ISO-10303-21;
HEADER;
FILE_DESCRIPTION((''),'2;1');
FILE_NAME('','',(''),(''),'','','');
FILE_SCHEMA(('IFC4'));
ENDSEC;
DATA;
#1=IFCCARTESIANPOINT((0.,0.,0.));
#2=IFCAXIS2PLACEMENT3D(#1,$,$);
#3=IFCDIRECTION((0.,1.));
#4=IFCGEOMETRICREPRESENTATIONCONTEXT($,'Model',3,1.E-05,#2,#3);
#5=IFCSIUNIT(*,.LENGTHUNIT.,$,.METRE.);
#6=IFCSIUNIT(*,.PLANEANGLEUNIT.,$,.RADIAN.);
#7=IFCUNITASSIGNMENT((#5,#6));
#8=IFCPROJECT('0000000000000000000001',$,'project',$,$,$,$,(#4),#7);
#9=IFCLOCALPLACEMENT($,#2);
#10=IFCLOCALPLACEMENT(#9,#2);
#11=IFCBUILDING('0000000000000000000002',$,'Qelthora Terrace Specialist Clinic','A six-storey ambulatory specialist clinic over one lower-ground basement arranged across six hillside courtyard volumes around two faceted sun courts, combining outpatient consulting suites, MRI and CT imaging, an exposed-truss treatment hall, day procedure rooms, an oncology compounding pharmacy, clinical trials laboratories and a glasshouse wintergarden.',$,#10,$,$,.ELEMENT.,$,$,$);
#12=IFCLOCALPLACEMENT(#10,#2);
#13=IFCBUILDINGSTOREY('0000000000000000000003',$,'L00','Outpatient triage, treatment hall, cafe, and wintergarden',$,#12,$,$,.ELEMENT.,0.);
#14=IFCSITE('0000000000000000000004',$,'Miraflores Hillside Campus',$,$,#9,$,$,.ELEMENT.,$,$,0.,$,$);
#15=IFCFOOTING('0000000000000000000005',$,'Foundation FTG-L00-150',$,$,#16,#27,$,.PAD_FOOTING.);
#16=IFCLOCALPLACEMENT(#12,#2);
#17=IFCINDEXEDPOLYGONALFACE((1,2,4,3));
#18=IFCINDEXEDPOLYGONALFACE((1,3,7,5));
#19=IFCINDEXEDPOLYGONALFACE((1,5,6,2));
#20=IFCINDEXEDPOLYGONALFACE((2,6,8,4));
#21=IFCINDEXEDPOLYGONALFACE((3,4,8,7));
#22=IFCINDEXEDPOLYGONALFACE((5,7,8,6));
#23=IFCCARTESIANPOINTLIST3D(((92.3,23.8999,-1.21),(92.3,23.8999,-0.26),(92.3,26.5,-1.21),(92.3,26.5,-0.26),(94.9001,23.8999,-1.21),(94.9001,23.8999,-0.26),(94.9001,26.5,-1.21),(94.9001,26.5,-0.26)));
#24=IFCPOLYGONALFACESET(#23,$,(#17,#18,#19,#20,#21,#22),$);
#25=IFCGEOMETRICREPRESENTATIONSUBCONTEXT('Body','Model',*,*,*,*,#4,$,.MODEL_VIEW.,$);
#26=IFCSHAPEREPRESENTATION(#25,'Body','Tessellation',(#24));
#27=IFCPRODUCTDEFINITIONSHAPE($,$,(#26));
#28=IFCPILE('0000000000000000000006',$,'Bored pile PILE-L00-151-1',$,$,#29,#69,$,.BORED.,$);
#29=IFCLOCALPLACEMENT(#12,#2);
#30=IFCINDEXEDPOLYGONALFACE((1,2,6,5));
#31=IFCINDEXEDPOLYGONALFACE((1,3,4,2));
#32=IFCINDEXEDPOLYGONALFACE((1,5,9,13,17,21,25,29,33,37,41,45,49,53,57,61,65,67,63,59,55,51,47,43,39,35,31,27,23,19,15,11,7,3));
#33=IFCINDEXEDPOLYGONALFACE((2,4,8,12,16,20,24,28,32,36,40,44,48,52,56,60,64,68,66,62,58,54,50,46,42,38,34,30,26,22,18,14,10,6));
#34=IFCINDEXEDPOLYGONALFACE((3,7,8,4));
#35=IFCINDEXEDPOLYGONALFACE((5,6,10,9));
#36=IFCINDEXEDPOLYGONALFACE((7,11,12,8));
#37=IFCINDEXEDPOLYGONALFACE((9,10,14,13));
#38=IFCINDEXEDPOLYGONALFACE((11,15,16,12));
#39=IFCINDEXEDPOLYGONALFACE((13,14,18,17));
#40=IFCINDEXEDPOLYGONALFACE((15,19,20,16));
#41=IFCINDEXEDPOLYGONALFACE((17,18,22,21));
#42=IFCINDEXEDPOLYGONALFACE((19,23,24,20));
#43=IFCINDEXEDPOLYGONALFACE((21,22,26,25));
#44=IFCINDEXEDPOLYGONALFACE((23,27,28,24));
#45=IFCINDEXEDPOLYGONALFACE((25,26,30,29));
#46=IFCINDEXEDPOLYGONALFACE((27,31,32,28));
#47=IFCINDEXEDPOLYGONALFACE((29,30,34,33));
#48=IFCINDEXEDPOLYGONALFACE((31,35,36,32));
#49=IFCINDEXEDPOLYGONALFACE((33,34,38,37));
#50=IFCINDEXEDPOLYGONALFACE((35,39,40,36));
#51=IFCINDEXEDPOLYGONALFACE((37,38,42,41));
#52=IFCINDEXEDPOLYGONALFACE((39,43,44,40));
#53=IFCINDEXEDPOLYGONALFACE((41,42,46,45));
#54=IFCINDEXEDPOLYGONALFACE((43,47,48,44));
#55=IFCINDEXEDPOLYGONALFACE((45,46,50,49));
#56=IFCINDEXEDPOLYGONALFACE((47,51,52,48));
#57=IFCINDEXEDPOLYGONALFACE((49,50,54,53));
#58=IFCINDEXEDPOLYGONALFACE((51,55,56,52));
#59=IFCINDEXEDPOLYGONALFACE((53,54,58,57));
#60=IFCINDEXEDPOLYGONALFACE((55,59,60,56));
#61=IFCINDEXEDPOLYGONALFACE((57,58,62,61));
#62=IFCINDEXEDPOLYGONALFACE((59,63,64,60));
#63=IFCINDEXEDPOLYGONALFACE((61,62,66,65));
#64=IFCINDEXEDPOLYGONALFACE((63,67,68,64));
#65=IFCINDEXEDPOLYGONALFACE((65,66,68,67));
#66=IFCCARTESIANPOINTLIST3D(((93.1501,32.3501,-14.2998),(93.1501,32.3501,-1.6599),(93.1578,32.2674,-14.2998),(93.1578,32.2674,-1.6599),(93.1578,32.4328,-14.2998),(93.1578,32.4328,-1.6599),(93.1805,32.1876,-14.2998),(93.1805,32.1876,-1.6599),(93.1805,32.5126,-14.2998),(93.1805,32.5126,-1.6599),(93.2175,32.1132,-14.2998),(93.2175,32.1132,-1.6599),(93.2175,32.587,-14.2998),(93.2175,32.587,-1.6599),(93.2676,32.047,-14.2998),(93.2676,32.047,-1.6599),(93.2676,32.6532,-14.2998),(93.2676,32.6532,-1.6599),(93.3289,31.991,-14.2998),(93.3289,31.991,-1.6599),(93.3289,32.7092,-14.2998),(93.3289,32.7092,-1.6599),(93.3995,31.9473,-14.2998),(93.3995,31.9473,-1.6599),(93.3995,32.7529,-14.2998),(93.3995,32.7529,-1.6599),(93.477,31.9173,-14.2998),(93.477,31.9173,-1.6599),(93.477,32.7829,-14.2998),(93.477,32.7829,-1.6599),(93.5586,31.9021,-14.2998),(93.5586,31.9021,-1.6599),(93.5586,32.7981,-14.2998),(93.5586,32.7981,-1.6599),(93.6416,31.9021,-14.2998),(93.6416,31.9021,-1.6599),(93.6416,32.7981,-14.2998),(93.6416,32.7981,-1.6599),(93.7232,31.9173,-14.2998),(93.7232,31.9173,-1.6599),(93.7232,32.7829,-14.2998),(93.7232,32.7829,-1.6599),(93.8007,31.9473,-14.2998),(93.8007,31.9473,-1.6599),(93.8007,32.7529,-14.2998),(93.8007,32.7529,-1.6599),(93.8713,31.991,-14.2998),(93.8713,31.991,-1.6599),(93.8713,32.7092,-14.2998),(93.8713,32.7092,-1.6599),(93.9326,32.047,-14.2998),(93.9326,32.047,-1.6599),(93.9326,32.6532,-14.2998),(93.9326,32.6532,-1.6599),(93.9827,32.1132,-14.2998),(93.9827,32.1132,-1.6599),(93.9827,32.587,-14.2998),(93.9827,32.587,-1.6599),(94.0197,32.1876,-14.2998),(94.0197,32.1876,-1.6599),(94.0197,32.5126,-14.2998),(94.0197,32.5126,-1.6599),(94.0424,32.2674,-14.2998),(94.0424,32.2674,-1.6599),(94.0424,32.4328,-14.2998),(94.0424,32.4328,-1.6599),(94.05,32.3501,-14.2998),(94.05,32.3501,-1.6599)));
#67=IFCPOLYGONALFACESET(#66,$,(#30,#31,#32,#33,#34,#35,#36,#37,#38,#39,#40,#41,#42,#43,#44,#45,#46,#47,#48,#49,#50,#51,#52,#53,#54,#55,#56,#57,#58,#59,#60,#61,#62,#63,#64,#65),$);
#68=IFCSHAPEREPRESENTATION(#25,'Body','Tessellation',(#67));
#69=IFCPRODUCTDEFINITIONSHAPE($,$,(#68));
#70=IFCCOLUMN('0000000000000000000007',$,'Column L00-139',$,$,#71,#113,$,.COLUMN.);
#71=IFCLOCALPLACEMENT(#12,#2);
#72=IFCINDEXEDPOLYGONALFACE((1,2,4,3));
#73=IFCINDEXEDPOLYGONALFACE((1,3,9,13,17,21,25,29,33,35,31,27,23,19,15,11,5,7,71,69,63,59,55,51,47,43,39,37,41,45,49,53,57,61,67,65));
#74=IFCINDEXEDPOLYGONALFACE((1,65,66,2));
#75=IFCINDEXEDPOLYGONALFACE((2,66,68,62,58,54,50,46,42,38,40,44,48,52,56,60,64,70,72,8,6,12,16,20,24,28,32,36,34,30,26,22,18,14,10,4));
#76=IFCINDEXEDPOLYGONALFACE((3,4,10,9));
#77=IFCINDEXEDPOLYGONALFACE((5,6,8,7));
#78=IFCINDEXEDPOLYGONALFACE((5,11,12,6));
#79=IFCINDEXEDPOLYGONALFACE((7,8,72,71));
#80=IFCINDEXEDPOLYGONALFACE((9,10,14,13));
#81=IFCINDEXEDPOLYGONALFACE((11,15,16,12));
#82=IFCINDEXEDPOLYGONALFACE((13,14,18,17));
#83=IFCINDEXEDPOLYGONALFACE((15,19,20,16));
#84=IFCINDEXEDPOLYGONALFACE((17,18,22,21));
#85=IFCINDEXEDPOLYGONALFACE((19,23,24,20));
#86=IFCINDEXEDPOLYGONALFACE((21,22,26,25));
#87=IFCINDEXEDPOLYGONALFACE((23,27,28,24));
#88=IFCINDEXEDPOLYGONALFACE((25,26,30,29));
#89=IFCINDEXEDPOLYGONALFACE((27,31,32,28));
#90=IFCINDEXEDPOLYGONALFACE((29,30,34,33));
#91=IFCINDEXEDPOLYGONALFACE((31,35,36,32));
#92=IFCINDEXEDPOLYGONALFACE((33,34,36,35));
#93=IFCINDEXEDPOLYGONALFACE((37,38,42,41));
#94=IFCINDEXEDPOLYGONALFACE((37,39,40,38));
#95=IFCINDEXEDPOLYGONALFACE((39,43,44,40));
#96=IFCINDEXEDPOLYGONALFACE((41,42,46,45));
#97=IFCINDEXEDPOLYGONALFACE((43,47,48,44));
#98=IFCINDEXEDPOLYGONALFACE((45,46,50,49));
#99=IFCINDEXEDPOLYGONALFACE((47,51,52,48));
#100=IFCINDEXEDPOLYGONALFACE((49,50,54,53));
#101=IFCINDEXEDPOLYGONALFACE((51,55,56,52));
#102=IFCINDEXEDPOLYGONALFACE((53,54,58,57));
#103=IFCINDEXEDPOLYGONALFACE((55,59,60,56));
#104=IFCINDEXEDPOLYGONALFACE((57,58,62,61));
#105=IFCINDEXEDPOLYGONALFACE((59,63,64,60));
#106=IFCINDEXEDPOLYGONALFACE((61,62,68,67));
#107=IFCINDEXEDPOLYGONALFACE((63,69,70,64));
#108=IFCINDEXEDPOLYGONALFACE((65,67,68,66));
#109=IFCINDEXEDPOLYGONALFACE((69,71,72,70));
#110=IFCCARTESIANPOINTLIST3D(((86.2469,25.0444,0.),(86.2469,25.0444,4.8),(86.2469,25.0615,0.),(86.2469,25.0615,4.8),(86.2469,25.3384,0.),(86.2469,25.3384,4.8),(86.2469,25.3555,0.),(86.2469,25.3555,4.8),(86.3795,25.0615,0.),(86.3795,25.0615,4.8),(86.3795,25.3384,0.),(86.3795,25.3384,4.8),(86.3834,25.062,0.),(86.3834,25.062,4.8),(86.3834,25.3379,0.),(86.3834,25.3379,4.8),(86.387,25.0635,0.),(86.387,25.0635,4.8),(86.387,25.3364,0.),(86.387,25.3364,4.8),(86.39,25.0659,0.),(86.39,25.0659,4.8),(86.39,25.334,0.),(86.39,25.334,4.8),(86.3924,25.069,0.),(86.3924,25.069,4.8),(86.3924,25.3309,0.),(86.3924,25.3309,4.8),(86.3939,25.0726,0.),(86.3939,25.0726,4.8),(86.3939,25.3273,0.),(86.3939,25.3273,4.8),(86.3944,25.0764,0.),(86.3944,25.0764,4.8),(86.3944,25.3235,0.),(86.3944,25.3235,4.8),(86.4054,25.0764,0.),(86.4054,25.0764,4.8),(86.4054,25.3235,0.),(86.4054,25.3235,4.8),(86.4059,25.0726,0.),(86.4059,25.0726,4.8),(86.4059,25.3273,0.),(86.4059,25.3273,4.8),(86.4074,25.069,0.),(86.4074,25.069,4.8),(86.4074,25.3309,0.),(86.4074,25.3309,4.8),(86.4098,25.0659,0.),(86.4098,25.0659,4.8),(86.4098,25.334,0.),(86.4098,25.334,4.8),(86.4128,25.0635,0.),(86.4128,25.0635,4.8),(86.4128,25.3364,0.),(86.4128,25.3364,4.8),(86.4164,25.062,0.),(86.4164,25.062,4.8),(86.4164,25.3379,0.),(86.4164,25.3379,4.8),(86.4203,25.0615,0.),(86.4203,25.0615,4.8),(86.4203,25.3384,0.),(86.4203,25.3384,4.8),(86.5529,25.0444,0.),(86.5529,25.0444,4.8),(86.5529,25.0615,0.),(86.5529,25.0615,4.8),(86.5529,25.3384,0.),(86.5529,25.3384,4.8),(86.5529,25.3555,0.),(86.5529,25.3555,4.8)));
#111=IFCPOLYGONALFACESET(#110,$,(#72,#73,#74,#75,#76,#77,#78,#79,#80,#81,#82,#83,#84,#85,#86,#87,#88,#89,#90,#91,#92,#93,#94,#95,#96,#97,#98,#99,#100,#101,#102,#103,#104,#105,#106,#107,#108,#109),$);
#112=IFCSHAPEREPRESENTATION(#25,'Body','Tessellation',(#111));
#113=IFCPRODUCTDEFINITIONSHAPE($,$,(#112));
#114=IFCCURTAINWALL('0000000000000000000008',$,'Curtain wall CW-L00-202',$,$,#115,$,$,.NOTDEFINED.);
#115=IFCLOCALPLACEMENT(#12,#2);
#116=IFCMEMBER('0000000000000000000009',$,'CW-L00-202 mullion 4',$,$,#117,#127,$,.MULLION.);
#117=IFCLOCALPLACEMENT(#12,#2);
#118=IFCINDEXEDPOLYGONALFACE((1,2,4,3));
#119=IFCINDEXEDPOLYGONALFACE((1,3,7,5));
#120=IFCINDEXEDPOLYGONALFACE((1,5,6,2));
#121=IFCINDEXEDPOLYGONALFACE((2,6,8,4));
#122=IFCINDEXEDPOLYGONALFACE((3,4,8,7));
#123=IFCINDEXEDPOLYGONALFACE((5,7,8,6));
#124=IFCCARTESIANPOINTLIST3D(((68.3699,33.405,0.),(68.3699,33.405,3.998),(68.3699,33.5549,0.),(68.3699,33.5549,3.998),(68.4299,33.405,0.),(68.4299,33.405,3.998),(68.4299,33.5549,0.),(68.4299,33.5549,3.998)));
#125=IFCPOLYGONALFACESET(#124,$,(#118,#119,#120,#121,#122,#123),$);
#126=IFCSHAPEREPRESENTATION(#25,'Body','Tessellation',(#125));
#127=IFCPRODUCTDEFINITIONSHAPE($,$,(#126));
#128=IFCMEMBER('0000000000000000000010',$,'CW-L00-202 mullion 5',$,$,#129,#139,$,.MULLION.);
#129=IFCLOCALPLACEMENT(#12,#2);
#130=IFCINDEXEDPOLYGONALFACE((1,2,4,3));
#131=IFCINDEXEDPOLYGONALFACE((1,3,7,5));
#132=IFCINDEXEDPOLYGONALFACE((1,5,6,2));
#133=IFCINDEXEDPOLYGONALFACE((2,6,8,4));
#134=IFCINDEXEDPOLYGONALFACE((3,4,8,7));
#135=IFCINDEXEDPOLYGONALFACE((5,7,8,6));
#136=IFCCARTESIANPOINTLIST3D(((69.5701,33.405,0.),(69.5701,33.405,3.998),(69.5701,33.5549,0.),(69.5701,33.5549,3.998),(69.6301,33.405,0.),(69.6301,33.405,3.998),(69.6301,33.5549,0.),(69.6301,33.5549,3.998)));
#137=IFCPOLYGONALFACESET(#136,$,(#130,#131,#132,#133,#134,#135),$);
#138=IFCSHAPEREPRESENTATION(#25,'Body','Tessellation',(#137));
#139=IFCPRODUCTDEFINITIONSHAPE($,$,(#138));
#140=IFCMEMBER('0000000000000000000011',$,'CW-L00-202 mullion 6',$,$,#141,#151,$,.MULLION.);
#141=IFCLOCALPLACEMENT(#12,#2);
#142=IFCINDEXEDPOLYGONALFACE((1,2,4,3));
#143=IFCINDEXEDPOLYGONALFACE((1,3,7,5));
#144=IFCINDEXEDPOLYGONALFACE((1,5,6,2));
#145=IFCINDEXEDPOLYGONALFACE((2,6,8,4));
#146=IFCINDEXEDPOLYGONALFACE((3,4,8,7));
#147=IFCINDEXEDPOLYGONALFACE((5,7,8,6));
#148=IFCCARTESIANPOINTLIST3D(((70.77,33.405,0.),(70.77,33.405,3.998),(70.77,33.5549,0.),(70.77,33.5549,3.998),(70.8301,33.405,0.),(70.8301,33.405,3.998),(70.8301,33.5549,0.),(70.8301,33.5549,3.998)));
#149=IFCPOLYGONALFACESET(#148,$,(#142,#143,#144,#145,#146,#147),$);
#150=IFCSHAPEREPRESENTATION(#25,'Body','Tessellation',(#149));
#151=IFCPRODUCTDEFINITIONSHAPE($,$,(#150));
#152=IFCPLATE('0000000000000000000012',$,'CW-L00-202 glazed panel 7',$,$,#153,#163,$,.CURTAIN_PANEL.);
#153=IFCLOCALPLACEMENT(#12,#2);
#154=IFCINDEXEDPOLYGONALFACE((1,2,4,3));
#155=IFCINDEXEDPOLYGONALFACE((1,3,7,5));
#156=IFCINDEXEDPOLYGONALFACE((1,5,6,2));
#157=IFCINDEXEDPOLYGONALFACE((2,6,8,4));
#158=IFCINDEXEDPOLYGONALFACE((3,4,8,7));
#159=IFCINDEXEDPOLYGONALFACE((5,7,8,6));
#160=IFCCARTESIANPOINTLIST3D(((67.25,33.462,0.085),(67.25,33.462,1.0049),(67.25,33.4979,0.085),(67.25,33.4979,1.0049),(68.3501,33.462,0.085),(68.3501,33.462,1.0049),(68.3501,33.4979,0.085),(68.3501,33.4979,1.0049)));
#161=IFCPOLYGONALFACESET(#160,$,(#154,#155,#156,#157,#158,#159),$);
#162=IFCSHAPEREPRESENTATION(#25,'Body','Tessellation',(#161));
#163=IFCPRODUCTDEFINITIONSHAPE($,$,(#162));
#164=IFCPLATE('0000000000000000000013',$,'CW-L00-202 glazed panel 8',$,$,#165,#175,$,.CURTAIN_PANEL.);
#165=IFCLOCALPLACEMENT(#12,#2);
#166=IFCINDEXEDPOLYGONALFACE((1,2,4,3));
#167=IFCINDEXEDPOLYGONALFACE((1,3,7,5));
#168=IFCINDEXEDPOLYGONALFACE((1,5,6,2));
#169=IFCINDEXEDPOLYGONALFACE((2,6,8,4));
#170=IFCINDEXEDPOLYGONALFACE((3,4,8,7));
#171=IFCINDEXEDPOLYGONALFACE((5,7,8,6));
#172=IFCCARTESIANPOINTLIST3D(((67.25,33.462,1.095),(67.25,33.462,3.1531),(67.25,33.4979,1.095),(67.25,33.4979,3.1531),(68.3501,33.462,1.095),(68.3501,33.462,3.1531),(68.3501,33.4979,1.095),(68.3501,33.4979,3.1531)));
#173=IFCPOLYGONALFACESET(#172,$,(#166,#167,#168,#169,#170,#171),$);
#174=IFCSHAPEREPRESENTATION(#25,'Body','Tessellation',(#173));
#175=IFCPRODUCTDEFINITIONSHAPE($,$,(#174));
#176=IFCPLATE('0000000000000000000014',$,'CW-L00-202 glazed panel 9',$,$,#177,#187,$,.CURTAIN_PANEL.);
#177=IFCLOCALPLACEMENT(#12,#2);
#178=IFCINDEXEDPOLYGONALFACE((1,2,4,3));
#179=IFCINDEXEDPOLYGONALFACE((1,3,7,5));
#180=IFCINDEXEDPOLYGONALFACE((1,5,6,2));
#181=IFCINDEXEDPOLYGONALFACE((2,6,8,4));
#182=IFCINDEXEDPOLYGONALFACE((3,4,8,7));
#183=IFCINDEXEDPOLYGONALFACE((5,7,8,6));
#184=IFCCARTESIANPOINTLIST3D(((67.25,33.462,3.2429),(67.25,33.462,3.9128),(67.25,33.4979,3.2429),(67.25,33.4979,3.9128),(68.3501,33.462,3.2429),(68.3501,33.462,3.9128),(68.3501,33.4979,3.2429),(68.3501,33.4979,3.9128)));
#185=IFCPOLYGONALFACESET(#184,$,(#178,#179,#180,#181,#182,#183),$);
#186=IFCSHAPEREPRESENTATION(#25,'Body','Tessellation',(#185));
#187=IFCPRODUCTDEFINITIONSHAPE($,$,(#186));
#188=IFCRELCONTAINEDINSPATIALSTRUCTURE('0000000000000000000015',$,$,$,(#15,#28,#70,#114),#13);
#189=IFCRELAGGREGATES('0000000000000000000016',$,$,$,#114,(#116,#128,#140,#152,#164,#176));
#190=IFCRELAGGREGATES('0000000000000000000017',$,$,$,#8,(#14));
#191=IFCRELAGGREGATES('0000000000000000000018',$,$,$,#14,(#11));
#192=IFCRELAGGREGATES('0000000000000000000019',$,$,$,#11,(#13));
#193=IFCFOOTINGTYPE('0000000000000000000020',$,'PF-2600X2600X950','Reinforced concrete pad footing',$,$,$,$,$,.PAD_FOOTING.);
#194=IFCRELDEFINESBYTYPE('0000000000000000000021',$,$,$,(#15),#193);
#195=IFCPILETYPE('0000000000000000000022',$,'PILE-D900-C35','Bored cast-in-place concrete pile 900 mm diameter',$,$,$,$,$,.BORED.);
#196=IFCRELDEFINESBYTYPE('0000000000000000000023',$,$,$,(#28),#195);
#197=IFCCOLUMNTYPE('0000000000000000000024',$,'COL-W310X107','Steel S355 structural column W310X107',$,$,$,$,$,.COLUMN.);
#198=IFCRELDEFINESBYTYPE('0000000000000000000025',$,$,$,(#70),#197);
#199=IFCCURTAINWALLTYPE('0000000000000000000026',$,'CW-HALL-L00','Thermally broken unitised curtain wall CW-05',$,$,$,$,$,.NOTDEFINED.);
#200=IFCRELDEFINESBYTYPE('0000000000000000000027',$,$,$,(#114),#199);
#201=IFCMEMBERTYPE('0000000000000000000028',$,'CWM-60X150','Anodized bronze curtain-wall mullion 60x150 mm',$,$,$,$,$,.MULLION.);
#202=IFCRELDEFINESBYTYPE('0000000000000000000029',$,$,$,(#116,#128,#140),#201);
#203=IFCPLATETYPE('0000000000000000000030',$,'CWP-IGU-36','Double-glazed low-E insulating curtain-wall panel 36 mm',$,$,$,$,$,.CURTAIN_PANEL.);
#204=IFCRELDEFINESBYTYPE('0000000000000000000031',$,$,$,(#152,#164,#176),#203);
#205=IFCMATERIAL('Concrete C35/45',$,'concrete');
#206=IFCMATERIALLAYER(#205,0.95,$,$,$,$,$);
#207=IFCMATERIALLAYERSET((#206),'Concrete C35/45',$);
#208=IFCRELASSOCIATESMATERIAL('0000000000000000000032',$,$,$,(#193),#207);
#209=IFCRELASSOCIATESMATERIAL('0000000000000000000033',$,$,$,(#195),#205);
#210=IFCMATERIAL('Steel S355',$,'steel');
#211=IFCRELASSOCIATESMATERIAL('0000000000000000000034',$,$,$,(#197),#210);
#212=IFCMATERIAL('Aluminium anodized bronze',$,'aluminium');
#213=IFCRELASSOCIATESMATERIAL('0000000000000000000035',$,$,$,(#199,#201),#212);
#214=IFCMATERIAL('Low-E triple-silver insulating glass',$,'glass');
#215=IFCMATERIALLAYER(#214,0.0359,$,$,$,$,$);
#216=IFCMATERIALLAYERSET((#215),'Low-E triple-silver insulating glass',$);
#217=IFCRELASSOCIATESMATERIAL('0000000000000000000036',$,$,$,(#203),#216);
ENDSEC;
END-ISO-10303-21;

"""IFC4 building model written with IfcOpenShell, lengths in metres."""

from ifc_helpers import new_model, si_unit, direction, frame, origin, origin_2d, place, context, subcontext, project, spatial, rectangle, circle, i_section, extrude, material, layer, layer_set, material_profile, profile_set, type_object, element, aggregate, save


model = new_model("IFC4")

# Units and contexts
model_context = context("Model", 3, precision=1e-05, world=origin(), true_north=direction((0.0, 1.0)))
body_context = subcontext(model_context, "Body", "Model", "MODEL_VIEW")
ifc_project = project(units=[si_unit("LENGTHUNIT", "METRE"), si_unit("PLANEANGLEUNIT", "RADIAN")], contexts=[model_context])

# Site, building, storey
site_placement = place(None, origin())
site = spatial("IfcSite", under=ifc_project, at=site_placement, Name="Miraflores Hillside Campus", CompositionType="ELEMENT", RefElevation=0.0)
building_placement = place(site_placement, origin())
building = spatial("IfcBuilding", under=site, at=building_placement, Name="Qelthora Terrace Specialist Clinic", Description="A six-storey ambulatory specialist clinic over one lower-ground basement arranged across six hillside courtyard volumes around two faceted sun courts, combining outpatient consulting suites, MRI and CT imaging, an exposed-truss treatment hall, day procedure rooms, an oncology compounding pharmacy, clinical trials laboratories and a glasshouse wintergarden.", CompositionType="ELEMENT")
storey_placement = place(building_placement, origin())
storey = spatial("IfcBuildingStorey", under=building, at=storey_placement, Name="L00", Description="Outpatient triage, treatment hall, cafe, and wintergarden", CompositionType="ELEMENT", Elevation=0.0)

# Footing
ifc_material_1 = material(Name="Concrete C35/45", Category="concrete")
ifc_layer_1 = layer(ifc_material_1, 0.95)
ifc_layer_set_1 = layer_set([ifc_layer_1], Name="Concrete C35/45")
footing_type = type_object("IfcFootingType", Name="PF-2600X2600X950", Description="Reinforced concrete pad footing", PredefinedType="PAD_FOOTING", material=ifc_layer_set_1)
footing_placement = place(storey_placement, frame((93.6001, 25.2, -1.21), z_axis=(0.0, 0.0, 1.0), x_axis=(1.0, 0.0, 0.0)))
element("IfcFooting", 1, at=footing_placement, inside=storey, type_object=footing_type, Name="Foundation FTG-L00-150", PredefinedType="PAD_FOOTING", context=body_context, shape_type="SweptSolid", body=[
    extrude(rectangle(XDim=2.6001, YDim=2.6001, at=origin_2d()), origin(), (0.0, 0.0, 1.0), 0.95),
])

# Pile
ifc_material_profile_1 = material_profile(ifc_material_1, circle(Radius=0.45, at=origin_2d()), Name="PILE900")
ifc_profile_set_1 = profile_set([ifc_material_profile_1], Name="Concrete C35/45")
pile_type = type_object("IfcPileType", Name="PILE-D900-C35", Description="Bored cast-in-place concrete pile 900 mm diameter", PredefinedType="BORED", material=ifc_profile_set_1)
pile_placement = place(storey_placement, frame((93.6001, 32.3501, -1.6599), z_axis=(0.0, 0.0, -1.0), x_axis=(1.0, 0.0, 0.0)))
element("IfcPile", 2, at=pile_placement, inside=storey, type_object=pile_type, Name="Bored pile PILE-L00-151-1", PredefinedType="BORED", context=body_context, shape_type="SweptSolid", body=[
    extrude(circle(Radius=0.45, at=origin_2d()), origin(), (0.0, 0.0, 1.0), 12.6399),
])

# Column
ifc_material_2 = material(Name="Steel S355", Category="steel")
ifc_material_profile_2 = material_profile(ifc_material_2, i_section(OverallWidth=0.3059, OverallDepth=0.311, WebThickness=0.011, FlangeThickness=0.0171, FilletRadius=0.0149, at=origin_2d()), Name="W310X107")
ifc_profile_set_2 = profile_set([ifc_material_profile_2], Name="Steel S355")
column_type = type_object("IfcColumnType", Name="COL-W310X107", Description="Steel S355 structural column W310X107", PredefinedType="COLUMN", material=ifc_profile_set_2)
column_placement = place(storey_placement, frame((86.3999, 25.2, 0.0), z_axis=(0.0, 0.0, 1.0), x_axis=(1.0, 0.0, 0.0)))
element("IfcColumn", 3, at=column_placement, inside=storey, type_object=column_type, Name="Column L00-139", PredefinedType="COLUMN", context=body_context, shape_type="SweptSolid", body=[
    extrude(i_section(OverallWidth=0.3059, OverallDepth=0.311, WebThickness=0.011, FlangeThickness=0.0171, FilletRadius=0.0149, at=origin_2d()), origin(), (0.0, 0.0, 1.0), 4.8),
])

# Curtain wall, members, plates
ifc_material_3 = material(Name="Aluminium anodized bronze", Category="aluminium")
curtain_wall_type = type_object("IfcCurtainWallType", Name="CW-HALL-L00", Description="Thermally broken unitised curtain wall CW-05", PredefinedType="NOTDEFINED", material=ifc_material_3)
curtain_wall_placement = place(storey_placement, origin())
curtain_wall = element("IfcCurtainWall", 4, at=curtain_wall_placement, inside=storey, type_object=curtain_wall_type, Name="Curtain wall CW-L00-202", PredefinedType="NOTDEFINED")
ifc_material_profile_3 = material_profile(ifc_material_3, rectangle(XDim=0.0601, YDim=0.1499, at=origin_2d()), Name="CWM60X150")
ifc_profile_set_3 = profile_set([ifc_material_profile_3], Name="Aluminium anodized bronze")
member_type = type_object("IfcMemberType", Name="CWM-60X150", Description="Anodized bronze curtain-wall mullion 60x150 mm", PredefinedType="MULLION", material=ifc_profile_set_3)
member_1_placement = place(storey_placement, frame((68.3999, 33.48, 0.0), z_axis=(0.0, 0.0, 1.0), x_axis=(1.0, 0.0, 0.0)))
member_1 = element("IfcMember", 5, at=member_1_placement, type_object=member_type, Name="CW-L00-202 mullion 4", PredefinedType="MULLION", context=body_context, shape_type="SweptSolid", body=[
    extrude(rectangle(XDim=0.0601, YDim=0.1499, at=origin_2d()), origin(), (0.0, 0.0, 1.0), 3.998),
])
member_2_placement = place(storey_placement, frame((69.6001, 33.48, 0.0), z_axis=(0.0, 0.0, 1.0), x_axis=(1.0, 0.0, 0.0)))
member_2 = element("IfcMember", 6, at=member_2_placement, type_object=member_type, Name="CW-L00-202 mullion 5", PredefinedType="MULLION", context=body_context, shape_type="SweptSolid", body=[
    extrude(rectangle(XDim=0.0601, YDim=0.1499, at=origin_2d()), origin(), (0.0, 0.0, 1.0), 3.998),
])
member_3_placement = place(storey_placement, frame((70.8, 33.48, 0.0), z_axis=(0.0, 0.0, 1.0), x_axis=(1.0, 0.0, 0.0)))
member_3 = element("IfcMember", 7, at=member_3_placement, type_object=member_type, Name="CW-L00-202 mullion 6", PredefinedType="MULLION", context=body_context, shape_type="SweptSolid", body=[
    extrude(rectangle(XDim=0.0601, YDim=0.1499, at=origin_2d()), origin(), (0.0, 0.0, 1.0), 3.998),
])
ifc_material_4 = material(Name="Low-E triple-silver insulating glass", Category="glass")
ifc_layer_2 = layer(ifc_material_4, 0.0359)
ifc_layer_set_2 = layer_set([ifc_layer_2], Name="Low-E triple-silver insulating glass")
plate_type_1 = type_object("IfcPlateType", Name="CWP-IGU-36", Description="Double-glazed low-E insulating curtain-wall panel 36 mm", PredefinedType="CURTAIN_PANEL", material=ifc_layer_set_2)
plate_1_placement = place(storey_placement, frame((67.8, 33.48, 0.085), z_axis=(0.0, 0.0, 1.0), x_axis=(1.0, 0.0, 0.0)))
plate_1 = element("IfcPlate", 8, at=plate_1_placement, type_object=plate_type_1, Name="CW-L00-202 glazed panel 7", PredefinedType="CURTAIN_PANEL", context=body_context, shape_type="SweptSolid", body=[
    extrude(rectangle(XDim=1.1001, YDim=0.0359, at=origin_2d()), origin(), (0.0, 0.0, 1.0), 0.9199),
])
plate_2_placement = place(storey_placement, frame((67.8, 33.48, 1.095), z_axis=(0.0, 0.0, 1.0), x_axis=(1.0, 0.0, 0.0)))
plate_2 = element("IfcPlate", 9, at=plate_2_placement, type_object=plate_type_1, Name="CW-L00-202 glazed panel 8", PredefinedType="CURTAIN_PANEL", context=body_context, shape_type="SweptSolid", body=[
    extrude(rectangle(XDim=1.1001, YDim=0.0359, at=origin_2d()), origin(), (0.0, 0.0, 1.0), 2.0581),
])
plate_3_placement = place(storey_placement, frame((67.8, 33.48, 3.2429), z_axis=(0.0, 0.0, 1.0), x_axis=(1.0, 0.0, 0.0)))
plate_3 = element("IfcPlate", 10, at=plate_3_placement, type_object=plate_type_1, Name="CW-L00-202 glazed panel 9", PredefinedType="CURTAIN_PANEL", context=body_context, shape_type="SweptSolid", body=[
    extrude(rectangle(XDim=1.1001, YDim=0.0359, at=origin_2d()), origin(), (0.0, 0.0, 1.0), 0.6699),
])
aggregate(curtain_wall, [member_1, member_2, member_3, plate_1, plate_2, plate_3])

save(model, "model.ifc")
